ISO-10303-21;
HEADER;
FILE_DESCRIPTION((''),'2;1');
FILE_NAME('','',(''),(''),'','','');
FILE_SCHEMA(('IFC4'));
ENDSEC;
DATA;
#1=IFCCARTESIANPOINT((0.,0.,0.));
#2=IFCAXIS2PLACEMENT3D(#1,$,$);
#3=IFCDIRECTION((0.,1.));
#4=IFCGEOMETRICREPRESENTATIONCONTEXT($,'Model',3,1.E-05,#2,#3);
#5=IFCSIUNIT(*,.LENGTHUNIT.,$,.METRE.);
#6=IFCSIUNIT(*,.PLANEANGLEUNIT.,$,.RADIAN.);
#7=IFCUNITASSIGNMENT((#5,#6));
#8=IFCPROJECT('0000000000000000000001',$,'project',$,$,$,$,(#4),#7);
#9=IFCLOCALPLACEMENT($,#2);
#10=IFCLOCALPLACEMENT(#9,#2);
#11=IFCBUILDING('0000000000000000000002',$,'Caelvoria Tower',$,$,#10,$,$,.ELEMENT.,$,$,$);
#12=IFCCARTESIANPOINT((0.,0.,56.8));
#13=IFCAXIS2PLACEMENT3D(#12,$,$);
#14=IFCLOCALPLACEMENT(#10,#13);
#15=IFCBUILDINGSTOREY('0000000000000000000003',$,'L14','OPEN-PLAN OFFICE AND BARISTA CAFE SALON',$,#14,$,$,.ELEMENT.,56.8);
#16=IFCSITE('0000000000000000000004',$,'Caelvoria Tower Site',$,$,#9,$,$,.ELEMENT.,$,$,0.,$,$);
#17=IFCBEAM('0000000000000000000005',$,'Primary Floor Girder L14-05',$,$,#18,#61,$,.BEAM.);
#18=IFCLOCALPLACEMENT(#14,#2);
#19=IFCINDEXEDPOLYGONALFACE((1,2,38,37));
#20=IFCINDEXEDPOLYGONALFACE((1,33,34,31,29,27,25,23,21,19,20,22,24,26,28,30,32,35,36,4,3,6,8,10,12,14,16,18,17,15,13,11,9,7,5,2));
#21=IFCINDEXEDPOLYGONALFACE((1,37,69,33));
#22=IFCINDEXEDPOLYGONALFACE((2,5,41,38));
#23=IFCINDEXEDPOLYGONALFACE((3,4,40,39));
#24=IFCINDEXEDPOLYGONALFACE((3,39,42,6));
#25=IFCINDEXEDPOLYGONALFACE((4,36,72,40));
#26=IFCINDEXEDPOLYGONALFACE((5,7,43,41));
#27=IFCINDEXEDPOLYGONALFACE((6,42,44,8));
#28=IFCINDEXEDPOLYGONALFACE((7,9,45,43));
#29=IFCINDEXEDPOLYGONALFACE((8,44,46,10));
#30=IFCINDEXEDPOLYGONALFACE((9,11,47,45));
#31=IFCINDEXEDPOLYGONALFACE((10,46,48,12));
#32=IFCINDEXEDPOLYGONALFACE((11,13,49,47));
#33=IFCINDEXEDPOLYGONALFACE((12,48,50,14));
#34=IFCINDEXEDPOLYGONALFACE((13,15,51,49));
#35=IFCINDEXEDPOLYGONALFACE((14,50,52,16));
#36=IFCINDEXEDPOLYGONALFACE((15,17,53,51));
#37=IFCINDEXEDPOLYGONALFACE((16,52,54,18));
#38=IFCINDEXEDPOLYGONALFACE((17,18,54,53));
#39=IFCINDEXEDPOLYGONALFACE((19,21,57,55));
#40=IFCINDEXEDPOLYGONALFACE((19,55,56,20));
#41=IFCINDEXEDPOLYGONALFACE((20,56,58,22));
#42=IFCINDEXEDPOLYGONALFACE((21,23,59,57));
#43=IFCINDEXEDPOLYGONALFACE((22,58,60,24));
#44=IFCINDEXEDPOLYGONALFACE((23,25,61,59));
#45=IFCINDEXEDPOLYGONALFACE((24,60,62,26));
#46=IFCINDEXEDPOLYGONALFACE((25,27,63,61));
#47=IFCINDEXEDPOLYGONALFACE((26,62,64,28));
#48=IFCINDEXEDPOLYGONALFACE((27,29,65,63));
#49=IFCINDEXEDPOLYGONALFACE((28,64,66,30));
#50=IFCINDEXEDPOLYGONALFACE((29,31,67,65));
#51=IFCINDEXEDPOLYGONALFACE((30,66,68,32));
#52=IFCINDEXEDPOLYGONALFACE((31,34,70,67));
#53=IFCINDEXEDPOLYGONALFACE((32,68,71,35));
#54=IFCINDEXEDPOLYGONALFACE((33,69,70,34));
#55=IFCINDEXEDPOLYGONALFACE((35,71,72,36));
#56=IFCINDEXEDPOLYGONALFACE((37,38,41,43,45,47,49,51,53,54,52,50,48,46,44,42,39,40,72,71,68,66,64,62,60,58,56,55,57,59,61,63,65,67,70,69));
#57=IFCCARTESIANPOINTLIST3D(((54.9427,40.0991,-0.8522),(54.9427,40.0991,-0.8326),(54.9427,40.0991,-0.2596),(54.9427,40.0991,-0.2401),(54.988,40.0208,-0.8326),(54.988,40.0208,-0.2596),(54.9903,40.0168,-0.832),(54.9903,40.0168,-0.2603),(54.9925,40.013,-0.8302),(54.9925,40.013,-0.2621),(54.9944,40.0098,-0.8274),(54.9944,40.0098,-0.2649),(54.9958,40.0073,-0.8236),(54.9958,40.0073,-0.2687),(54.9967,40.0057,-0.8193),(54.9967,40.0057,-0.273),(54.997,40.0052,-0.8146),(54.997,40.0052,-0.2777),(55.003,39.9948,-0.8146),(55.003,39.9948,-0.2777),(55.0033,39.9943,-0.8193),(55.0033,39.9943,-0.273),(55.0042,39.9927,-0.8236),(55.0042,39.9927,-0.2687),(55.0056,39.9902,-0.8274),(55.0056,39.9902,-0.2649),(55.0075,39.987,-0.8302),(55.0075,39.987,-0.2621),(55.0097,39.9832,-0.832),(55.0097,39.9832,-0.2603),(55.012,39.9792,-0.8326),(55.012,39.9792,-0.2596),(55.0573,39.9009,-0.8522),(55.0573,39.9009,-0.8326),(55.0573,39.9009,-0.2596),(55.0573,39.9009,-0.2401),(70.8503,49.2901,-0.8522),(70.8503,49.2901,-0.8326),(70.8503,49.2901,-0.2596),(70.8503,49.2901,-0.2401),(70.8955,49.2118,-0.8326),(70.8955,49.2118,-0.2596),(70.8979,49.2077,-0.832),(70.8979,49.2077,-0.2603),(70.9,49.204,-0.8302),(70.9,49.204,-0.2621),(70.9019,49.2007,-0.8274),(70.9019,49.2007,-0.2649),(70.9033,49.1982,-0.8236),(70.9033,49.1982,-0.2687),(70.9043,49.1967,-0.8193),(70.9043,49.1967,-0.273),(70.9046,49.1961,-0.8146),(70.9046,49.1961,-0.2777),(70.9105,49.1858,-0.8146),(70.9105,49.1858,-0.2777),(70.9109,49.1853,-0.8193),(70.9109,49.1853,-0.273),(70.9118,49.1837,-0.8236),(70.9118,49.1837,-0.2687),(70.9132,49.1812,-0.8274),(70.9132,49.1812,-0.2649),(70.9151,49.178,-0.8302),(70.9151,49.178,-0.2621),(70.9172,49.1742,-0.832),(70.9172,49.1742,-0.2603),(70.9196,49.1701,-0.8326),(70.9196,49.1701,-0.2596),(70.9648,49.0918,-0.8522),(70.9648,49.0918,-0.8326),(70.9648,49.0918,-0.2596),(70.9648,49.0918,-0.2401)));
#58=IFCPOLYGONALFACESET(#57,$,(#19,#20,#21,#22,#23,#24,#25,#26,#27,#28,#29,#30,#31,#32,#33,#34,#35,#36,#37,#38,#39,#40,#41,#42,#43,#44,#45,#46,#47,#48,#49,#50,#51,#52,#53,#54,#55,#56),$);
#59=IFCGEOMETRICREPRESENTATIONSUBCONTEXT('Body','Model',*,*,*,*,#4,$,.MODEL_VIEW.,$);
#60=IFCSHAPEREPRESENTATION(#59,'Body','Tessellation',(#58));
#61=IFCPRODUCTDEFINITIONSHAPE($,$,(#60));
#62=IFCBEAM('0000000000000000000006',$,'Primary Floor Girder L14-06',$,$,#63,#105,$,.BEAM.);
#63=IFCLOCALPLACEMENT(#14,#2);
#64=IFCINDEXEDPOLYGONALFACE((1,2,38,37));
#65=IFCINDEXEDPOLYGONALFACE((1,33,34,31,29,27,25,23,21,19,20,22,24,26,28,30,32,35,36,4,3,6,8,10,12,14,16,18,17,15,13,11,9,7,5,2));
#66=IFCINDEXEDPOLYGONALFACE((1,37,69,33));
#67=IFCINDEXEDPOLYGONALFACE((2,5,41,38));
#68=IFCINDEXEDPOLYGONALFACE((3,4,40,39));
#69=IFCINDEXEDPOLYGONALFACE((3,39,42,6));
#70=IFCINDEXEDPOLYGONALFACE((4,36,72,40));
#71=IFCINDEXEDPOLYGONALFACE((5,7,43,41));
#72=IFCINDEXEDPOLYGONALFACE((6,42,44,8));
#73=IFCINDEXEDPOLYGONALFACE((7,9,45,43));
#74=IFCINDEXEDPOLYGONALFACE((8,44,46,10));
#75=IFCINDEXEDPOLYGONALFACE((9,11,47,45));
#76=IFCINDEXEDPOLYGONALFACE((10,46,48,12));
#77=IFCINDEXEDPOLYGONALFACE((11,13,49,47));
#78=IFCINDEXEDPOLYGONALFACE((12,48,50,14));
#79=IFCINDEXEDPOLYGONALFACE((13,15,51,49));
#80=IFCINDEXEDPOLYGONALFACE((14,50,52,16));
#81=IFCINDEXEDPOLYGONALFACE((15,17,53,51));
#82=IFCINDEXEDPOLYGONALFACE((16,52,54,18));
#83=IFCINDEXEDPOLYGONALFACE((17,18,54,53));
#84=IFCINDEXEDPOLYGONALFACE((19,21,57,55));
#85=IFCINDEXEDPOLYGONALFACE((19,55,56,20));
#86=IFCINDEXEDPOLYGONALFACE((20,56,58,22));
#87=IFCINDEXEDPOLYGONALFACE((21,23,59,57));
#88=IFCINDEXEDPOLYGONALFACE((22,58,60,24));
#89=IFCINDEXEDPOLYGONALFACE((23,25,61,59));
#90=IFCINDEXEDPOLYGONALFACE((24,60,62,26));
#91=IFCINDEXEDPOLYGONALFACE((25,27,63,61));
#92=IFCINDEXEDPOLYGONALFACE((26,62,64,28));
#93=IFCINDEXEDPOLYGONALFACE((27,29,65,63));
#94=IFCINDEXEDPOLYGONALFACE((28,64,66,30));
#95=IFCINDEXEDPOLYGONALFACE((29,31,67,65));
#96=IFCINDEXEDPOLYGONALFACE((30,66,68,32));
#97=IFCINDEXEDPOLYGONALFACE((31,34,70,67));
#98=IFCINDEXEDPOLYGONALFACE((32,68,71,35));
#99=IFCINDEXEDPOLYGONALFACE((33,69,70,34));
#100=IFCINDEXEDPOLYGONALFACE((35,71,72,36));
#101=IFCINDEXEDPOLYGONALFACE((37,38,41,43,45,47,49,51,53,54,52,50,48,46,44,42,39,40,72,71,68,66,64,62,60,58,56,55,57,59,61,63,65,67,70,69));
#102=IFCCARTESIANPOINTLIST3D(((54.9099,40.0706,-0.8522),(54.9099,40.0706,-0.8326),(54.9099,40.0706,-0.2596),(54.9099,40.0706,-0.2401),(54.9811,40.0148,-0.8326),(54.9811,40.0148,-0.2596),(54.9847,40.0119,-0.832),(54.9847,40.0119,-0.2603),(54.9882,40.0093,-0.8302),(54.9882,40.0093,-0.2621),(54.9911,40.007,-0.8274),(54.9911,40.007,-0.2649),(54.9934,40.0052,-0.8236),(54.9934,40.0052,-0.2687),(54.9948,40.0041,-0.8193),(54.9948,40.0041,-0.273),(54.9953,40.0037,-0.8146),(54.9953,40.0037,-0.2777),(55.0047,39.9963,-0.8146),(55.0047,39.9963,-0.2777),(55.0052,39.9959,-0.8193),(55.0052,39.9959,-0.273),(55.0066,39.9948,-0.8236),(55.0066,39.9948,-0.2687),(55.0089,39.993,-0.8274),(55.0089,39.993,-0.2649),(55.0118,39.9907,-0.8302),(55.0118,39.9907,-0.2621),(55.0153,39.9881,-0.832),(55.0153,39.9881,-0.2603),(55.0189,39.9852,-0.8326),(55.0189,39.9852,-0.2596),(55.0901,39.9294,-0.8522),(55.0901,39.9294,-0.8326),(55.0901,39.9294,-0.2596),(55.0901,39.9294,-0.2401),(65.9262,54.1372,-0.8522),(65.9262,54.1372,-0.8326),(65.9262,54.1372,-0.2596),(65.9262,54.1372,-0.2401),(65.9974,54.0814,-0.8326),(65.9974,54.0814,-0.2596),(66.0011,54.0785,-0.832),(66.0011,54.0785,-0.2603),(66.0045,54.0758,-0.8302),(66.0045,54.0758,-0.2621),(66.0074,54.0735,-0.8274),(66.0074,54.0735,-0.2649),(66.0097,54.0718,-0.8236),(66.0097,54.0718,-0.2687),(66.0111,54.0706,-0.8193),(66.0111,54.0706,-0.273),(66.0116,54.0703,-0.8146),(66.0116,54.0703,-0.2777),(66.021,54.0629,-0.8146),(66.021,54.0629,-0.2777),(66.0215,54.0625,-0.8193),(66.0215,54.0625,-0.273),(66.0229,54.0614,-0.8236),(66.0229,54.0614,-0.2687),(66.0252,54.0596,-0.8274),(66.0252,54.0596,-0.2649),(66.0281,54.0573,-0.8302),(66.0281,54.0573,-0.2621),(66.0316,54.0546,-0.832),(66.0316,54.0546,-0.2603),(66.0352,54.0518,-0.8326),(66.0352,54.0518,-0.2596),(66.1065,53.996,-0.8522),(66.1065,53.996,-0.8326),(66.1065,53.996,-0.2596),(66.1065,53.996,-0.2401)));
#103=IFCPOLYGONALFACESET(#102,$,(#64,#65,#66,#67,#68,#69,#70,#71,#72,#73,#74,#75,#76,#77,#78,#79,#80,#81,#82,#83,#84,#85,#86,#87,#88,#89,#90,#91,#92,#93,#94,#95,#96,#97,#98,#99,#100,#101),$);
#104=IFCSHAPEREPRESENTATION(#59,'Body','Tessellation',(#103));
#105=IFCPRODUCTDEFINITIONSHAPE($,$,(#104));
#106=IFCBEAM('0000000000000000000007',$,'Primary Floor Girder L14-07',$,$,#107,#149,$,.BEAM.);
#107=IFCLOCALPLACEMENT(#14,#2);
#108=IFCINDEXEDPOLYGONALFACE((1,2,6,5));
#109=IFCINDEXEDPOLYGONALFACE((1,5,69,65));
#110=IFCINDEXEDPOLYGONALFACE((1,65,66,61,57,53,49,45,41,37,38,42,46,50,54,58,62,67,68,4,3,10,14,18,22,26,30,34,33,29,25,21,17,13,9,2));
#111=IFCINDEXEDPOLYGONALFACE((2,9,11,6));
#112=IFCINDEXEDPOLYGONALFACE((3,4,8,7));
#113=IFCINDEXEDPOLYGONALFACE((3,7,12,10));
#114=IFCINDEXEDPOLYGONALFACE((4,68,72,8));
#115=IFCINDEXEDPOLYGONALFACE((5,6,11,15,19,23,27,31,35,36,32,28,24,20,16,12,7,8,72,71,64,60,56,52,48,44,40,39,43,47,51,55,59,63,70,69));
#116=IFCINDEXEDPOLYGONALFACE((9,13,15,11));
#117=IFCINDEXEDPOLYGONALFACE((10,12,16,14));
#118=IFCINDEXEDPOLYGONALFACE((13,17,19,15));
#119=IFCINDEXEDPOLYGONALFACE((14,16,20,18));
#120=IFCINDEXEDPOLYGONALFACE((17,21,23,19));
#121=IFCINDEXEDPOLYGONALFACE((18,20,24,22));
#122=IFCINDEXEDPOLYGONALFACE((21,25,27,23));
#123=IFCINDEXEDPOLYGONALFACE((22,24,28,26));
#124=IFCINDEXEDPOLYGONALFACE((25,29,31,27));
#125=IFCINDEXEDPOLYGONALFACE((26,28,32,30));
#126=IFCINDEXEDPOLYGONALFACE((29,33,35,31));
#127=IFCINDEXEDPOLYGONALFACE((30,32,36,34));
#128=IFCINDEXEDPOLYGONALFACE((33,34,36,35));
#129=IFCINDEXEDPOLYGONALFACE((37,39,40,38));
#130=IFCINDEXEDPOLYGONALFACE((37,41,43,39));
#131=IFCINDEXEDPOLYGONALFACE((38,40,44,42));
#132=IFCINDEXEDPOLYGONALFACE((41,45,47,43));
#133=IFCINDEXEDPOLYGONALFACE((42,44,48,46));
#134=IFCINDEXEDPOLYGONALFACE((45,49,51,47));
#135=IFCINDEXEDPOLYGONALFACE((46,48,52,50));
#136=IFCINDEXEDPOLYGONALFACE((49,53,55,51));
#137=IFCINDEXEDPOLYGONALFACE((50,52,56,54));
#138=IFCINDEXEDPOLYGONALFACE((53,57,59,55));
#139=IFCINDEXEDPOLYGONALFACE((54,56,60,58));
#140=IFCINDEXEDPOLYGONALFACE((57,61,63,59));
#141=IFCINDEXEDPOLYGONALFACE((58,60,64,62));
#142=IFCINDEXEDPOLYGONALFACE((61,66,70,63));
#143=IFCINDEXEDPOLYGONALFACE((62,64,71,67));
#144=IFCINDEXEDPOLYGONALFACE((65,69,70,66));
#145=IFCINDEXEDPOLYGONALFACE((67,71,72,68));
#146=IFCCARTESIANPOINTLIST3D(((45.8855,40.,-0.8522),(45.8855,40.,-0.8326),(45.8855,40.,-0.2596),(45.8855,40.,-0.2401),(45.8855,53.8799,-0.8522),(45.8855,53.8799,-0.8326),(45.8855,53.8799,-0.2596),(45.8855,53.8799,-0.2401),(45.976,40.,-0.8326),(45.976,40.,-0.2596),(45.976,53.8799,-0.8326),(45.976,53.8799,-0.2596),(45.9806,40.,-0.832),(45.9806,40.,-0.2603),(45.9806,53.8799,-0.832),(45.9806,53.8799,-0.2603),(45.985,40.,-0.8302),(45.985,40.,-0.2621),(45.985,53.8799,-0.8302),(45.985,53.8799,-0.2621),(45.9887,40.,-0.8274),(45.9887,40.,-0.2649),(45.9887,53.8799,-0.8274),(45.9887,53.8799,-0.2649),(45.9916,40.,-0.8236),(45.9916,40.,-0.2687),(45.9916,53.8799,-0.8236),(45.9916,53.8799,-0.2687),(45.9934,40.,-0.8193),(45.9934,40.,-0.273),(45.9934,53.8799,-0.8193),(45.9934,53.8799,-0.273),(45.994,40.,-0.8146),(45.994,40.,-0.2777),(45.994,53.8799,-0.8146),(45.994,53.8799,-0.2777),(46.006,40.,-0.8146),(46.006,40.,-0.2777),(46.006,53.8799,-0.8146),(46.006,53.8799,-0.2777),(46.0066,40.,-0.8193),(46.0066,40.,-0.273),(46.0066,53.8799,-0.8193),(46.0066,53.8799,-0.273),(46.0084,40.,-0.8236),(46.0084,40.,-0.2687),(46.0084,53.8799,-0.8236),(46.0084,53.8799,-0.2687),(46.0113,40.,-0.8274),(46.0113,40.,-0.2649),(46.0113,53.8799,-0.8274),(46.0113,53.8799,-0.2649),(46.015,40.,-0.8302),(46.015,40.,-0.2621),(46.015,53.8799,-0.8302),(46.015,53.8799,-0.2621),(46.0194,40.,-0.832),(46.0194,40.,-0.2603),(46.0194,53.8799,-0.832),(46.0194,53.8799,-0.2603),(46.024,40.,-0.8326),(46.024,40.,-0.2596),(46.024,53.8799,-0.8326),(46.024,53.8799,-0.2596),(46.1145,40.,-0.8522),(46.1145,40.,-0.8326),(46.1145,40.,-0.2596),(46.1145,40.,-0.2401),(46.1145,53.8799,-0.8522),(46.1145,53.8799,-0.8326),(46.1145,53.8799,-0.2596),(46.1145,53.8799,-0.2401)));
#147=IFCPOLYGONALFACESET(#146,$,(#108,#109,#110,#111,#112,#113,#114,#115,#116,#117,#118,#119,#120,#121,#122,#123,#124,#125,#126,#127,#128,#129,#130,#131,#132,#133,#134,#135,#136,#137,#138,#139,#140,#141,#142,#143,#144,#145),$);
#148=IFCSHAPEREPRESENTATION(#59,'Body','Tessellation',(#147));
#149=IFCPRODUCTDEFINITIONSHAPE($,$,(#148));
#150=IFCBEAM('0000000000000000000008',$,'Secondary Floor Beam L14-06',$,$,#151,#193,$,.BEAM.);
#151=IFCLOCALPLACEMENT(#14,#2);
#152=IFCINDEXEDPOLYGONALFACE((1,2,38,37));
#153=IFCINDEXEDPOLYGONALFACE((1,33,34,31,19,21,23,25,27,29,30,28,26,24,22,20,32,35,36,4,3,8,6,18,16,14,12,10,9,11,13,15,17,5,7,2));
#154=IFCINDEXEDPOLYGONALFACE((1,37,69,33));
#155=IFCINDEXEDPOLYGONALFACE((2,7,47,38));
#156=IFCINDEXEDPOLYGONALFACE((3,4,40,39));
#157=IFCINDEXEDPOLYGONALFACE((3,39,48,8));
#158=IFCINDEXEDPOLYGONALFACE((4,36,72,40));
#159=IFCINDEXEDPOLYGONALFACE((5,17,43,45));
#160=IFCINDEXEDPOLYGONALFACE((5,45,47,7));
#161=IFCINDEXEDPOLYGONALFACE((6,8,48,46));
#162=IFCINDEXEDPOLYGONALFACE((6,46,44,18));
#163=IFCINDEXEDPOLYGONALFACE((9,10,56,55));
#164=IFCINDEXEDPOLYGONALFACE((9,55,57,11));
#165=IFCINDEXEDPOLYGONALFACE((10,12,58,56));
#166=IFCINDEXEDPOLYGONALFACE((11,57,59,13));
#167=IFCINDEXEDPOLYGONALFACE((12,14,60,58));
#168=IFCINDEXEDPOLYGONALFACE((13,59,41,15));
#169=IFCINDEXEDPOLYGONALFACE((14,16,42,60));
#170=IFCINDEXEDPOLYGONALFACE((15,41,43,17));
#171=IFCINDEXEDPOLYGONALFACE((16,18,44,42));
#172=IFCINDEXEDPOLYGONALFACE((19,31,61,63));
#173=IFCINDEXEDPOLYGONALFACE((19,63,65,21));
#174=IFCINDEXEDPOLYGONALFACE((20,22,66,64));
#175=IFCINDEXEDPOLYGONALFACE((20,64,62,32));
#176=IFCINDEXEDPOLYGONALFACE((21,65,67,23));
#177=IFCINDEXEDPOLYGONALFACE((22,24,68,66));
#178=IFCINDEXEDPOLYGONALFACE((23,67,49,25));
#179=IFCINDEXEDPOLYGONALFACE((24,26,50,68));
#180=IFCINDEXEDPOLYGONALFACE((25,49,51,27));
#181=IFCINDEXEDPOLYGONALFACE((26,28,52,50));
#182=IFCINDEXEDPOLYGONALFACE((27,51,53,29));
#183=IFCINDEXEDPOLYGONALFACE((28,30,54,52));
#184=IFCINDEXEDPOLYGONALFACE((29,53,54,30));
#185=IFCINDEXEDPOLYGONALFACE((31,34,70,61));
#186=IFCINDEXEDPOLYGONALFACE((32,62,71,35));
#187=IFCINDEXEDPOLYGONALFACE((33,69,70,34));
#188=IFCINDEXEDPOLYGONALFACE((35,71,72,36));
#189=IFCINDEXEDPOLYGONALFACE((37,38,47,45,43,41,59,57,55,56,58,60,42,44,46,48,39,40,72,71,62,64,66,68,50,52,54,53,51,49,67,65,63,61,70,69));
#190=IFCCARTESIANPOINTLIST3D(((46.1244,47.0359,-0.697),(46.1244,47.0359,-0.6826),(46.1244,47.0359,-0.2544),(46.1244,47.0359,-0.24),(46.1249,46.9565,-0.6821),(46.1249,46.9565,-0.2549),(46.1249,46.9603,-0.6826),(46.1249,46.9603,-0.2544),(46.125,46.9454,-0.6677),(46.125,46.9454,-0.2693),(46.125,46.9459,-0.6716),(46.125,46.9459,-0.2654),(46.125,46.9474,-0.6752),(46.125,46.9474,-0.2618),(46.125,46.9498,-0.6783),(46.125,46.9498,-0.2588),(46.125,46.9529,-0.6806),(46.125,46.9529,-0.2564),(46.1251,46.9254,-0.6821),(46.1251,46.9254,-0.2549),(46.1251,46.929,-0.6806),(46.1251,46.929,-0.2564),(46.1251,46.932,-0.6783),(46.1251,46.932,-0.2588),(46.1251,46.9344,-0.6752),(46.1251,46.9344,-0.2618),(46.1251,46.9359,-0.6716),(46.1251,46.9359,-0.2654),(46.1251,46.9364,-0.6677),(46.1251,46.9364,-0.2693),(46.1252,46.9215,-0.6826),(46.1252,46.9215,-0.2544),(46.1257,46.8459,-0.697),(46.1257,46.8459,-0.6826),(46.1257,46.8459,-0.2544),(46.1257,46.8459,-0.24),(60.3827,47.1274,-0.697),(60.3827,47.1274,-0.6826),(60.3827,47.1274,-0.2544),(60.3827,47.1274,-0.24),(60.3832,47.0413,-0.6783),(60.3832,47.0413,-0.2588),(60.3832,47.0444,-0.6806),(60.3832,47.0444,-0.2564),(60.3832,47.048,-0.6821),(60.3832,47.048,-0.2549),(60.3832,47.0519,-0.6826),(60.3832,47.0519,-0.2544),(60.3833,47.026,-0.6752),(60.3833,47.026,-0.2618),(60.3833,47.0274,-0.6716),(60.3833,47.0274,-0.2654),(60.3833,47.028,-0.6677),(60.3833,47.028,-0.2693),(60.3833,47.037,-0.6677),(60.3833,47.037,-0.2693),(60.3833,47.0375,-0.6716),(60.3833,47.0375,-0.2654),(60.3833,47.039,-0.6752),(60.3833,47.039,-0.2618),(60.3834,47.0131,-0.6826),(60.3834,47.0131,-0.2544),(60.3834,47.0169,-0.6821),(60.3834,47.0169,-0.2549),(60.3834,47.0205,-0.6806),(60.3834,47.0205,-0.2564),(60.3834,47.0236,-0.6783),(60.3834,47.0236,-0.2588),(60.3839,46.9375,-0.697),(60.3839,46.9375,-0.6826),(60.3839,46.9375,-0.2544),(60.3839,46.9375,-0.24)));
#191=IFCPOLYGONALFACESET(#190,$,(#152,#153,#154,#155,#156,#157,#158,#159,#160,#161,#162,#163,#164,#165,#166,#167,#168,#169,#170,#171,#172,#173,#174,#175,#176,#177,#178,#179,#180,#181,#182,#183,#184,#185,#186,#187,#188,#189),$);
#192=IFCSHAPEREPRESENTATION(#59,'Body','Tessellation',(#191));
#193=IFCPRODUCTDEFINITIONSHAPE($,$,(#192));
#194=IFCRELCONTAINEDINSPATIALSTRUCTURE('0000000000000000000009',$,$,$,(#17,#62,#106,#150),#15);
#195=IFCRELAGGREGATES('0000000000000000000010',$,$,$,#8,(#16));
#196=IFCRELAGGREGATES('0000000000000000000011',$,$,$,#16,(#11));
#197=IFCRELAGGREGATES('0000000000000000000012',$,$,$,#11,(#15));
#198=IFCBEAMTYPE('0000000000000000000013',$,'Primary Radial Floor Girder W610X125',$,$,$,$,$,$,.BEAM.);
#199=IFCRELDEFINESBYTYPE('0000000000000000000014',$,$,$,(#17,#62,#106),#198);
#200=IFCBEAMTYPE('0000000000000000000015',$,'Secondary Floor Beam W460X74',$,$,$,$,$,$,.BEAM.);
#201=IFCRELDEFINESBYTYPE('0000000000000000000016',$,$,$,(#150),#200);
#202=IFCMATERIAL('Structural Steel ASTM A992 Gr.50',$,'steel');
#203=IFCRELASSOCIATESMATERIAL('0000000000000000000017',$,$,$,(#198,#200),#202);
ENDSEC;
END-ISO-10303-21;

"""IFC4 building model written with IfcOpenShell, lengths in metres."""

from ifc_helpers import new_model, si_unit, direction, frame, origin, origin_2d, place, context, subcontext, project, spatial, i_section, extrude, material, material_profile, profile_set, type_object, element, save


model = new_model("IFC4")

# Units and contexts
model_context = context("Model", 3, precision=1e-05, world=origin(), true_north=direction((0.0, 1.0)))
body_context = subcontext(model_context, "Body", "Model", "MODEL_VIEW")
ifc_project = project(units=[si_unit("LENGTHUNIT", "METRE"), si_unit("PLANEANGLEUNIT", "RADIAN")], contexts=[model_context])

# Site, building, storey
site_placement = place(None, origin())
site = spatial("IfcSite", under=ifc_project, at=site_placement, Name="Caelvoria Tower Site", CompositionType="ELEMENT", RefElevation=0.0)
building_placement = place(site_placement, origin())
building = spatial("IfcBuilding", under=site, at=building_placement, Name="Caelvoria Tower", CompositionType="ELEMENT")
storey_placement = place(building_placement, frame((0.0, 0.0, 56.8)))
storey = spatial("IfcBuildingStorey", under=building, at=storey_placement, Name="L14", Description="OPEN-PLAN OFFICE AND BARISTA CAFE SALON", CompositionType="ELEMENT", Elevation=56.8)

# Beams
ifc_material_1 = material(Name="Structural Steel ASTM A992 Gr.50", Category="steel")
ifc_material_profile_1 = material_profile(ifc_material_1, i_section(OverallWidth=0.229, OverallDepth=0.6121, WebThickness=0.012, FlangeThickness=0.0195, FilletRadius=0.0181, at=origin_2d()), Name="Structural Steel ASTM A992 Gr.50")
ifc_profile_set_1 = profile_set([ifc_material_profile_1], Name="W610X125 - Structural Steel ASTM A992 Gr.50")
beam_type_1 = type_object("IfcBeamType", Name="Primary Radial Floor Girder W610X125", PredefinedType="BEAM", material=ifc_profile_set_1)
beam_1_placement = place(storey_placement, frame((55.0, 40.0, -0.5461), z_axis=(0.865867, 0.500275, 0.0), x_axis=(-0.500275, 0.865867, 0.0)))
element("IfcBeam", 1, at=beam_1_placement, inside=storey, type_object=beam_type_1, Name="Primary Floor Girder L14-05", PredefinedType="BEAM", context=body_context, shape_type="SweptSolid", body=[
    extrude(i_section(OverallWidth=0.229, OverallDepth=0.6121, WebThickness=0.012, FlangeThickness=0.0195, FilletRadius=0.0181, at=origin_2d()), origin(), (0.0, 0.0, 1.0), 18.3718),
])
beam_2_placement = place(storey_placement, frame((55.0, 40.0, -0.5461), z_axis=(0.616575, 0.787296, 0.0), x_axis=(-0.787296, 0.616575, 0.0)))
element("IfcBeam", 2, at=beam_2_placement, inside=storey, type_object=beam_type_1, Name="Primary Floor Girder L14-06", PredefinedType="BEAM", context=body_context, shape_type="SweptSolid", body=[
    extrude(i_section(OverallWidth=0.229, OverallDepth=0.6121, WebThickness=0.012, FlangeThickness=0.0195, FilletRadius=0.0181, at=origin_2d()), origin(), (0.0, 0.0, 1.0), 17.8669),
])
beam_3_placement = place(storey_placement, frame((46.0, 40.0, -0.5461), z_axis=(0.0, 1.0, 0.0), x_axis=(-1.0, 0.0, 0.0)))
element("IfcBeam", 3, at=beam_3_placement, inside=storey, type_object=beam_type_1, Name="Primary Floor Girder L14-07", PredefinedType="BEAM", context=body_context, shape_type="SweptSolid", body=[
    extrude(i_section(OverallWidth=0.229, OverallDepth=0.6121, WebThickness=0.012, FlangeThickness=0.0195, FilletRadius=0.0181, at=origin_2d()), origin(), (0.0, 0.0, 1.0), 13.8799),
])
ifc_material_profile_2 = material_profile(ifc_material_1, i_section(OverallWidth=0.1899, OverallDepth=0.457, WebThickness=0.009, FlangeThickness=0.0144, FilletRadius=0.0149, at=origin_2d()), Name="Structural Steel ASTM A992 Gr.50")
ifc_profile_set_2 = profile_set([ifc_material_profile_2], Name="W460X74 - Structural Steel ASTM A992 Gr.50")
beam_type_2 = type_object("IfcBeamType", Name="Secondary Floor Beam W460X74", PredefinedType="BEAM", material=ifc_profile_set_2)
for number, where, z_axis, x_axis, name in (
    (4, (60.3833, 47.0325, -0.4685), (-0.999979, -0.006421, 0.0), (0.006421, -0.999979, 0.0), "Secondary Floor Beam L14-06"),
):
    element("IfcBeam", number, at=place(storey_placement, frame(where, z_axis=z_axis, x_axis=x_axis)), inside=storey, type_object=beam_type_2, Name=name, PredefinedType="BEAM", context=body_context, shape_type="SweptSolid", body=[
        extrude(i_section(OverallWidth=0.1899, OverallDepth=0.457, WebThickness=0.009, FlangeThickness=0.0144, FilletRadius=0.0149, at=origin_2d()), origin(), (0.0, 0.0, 1.0), 14.2585),
    ])

save(model, "model.ifc")
